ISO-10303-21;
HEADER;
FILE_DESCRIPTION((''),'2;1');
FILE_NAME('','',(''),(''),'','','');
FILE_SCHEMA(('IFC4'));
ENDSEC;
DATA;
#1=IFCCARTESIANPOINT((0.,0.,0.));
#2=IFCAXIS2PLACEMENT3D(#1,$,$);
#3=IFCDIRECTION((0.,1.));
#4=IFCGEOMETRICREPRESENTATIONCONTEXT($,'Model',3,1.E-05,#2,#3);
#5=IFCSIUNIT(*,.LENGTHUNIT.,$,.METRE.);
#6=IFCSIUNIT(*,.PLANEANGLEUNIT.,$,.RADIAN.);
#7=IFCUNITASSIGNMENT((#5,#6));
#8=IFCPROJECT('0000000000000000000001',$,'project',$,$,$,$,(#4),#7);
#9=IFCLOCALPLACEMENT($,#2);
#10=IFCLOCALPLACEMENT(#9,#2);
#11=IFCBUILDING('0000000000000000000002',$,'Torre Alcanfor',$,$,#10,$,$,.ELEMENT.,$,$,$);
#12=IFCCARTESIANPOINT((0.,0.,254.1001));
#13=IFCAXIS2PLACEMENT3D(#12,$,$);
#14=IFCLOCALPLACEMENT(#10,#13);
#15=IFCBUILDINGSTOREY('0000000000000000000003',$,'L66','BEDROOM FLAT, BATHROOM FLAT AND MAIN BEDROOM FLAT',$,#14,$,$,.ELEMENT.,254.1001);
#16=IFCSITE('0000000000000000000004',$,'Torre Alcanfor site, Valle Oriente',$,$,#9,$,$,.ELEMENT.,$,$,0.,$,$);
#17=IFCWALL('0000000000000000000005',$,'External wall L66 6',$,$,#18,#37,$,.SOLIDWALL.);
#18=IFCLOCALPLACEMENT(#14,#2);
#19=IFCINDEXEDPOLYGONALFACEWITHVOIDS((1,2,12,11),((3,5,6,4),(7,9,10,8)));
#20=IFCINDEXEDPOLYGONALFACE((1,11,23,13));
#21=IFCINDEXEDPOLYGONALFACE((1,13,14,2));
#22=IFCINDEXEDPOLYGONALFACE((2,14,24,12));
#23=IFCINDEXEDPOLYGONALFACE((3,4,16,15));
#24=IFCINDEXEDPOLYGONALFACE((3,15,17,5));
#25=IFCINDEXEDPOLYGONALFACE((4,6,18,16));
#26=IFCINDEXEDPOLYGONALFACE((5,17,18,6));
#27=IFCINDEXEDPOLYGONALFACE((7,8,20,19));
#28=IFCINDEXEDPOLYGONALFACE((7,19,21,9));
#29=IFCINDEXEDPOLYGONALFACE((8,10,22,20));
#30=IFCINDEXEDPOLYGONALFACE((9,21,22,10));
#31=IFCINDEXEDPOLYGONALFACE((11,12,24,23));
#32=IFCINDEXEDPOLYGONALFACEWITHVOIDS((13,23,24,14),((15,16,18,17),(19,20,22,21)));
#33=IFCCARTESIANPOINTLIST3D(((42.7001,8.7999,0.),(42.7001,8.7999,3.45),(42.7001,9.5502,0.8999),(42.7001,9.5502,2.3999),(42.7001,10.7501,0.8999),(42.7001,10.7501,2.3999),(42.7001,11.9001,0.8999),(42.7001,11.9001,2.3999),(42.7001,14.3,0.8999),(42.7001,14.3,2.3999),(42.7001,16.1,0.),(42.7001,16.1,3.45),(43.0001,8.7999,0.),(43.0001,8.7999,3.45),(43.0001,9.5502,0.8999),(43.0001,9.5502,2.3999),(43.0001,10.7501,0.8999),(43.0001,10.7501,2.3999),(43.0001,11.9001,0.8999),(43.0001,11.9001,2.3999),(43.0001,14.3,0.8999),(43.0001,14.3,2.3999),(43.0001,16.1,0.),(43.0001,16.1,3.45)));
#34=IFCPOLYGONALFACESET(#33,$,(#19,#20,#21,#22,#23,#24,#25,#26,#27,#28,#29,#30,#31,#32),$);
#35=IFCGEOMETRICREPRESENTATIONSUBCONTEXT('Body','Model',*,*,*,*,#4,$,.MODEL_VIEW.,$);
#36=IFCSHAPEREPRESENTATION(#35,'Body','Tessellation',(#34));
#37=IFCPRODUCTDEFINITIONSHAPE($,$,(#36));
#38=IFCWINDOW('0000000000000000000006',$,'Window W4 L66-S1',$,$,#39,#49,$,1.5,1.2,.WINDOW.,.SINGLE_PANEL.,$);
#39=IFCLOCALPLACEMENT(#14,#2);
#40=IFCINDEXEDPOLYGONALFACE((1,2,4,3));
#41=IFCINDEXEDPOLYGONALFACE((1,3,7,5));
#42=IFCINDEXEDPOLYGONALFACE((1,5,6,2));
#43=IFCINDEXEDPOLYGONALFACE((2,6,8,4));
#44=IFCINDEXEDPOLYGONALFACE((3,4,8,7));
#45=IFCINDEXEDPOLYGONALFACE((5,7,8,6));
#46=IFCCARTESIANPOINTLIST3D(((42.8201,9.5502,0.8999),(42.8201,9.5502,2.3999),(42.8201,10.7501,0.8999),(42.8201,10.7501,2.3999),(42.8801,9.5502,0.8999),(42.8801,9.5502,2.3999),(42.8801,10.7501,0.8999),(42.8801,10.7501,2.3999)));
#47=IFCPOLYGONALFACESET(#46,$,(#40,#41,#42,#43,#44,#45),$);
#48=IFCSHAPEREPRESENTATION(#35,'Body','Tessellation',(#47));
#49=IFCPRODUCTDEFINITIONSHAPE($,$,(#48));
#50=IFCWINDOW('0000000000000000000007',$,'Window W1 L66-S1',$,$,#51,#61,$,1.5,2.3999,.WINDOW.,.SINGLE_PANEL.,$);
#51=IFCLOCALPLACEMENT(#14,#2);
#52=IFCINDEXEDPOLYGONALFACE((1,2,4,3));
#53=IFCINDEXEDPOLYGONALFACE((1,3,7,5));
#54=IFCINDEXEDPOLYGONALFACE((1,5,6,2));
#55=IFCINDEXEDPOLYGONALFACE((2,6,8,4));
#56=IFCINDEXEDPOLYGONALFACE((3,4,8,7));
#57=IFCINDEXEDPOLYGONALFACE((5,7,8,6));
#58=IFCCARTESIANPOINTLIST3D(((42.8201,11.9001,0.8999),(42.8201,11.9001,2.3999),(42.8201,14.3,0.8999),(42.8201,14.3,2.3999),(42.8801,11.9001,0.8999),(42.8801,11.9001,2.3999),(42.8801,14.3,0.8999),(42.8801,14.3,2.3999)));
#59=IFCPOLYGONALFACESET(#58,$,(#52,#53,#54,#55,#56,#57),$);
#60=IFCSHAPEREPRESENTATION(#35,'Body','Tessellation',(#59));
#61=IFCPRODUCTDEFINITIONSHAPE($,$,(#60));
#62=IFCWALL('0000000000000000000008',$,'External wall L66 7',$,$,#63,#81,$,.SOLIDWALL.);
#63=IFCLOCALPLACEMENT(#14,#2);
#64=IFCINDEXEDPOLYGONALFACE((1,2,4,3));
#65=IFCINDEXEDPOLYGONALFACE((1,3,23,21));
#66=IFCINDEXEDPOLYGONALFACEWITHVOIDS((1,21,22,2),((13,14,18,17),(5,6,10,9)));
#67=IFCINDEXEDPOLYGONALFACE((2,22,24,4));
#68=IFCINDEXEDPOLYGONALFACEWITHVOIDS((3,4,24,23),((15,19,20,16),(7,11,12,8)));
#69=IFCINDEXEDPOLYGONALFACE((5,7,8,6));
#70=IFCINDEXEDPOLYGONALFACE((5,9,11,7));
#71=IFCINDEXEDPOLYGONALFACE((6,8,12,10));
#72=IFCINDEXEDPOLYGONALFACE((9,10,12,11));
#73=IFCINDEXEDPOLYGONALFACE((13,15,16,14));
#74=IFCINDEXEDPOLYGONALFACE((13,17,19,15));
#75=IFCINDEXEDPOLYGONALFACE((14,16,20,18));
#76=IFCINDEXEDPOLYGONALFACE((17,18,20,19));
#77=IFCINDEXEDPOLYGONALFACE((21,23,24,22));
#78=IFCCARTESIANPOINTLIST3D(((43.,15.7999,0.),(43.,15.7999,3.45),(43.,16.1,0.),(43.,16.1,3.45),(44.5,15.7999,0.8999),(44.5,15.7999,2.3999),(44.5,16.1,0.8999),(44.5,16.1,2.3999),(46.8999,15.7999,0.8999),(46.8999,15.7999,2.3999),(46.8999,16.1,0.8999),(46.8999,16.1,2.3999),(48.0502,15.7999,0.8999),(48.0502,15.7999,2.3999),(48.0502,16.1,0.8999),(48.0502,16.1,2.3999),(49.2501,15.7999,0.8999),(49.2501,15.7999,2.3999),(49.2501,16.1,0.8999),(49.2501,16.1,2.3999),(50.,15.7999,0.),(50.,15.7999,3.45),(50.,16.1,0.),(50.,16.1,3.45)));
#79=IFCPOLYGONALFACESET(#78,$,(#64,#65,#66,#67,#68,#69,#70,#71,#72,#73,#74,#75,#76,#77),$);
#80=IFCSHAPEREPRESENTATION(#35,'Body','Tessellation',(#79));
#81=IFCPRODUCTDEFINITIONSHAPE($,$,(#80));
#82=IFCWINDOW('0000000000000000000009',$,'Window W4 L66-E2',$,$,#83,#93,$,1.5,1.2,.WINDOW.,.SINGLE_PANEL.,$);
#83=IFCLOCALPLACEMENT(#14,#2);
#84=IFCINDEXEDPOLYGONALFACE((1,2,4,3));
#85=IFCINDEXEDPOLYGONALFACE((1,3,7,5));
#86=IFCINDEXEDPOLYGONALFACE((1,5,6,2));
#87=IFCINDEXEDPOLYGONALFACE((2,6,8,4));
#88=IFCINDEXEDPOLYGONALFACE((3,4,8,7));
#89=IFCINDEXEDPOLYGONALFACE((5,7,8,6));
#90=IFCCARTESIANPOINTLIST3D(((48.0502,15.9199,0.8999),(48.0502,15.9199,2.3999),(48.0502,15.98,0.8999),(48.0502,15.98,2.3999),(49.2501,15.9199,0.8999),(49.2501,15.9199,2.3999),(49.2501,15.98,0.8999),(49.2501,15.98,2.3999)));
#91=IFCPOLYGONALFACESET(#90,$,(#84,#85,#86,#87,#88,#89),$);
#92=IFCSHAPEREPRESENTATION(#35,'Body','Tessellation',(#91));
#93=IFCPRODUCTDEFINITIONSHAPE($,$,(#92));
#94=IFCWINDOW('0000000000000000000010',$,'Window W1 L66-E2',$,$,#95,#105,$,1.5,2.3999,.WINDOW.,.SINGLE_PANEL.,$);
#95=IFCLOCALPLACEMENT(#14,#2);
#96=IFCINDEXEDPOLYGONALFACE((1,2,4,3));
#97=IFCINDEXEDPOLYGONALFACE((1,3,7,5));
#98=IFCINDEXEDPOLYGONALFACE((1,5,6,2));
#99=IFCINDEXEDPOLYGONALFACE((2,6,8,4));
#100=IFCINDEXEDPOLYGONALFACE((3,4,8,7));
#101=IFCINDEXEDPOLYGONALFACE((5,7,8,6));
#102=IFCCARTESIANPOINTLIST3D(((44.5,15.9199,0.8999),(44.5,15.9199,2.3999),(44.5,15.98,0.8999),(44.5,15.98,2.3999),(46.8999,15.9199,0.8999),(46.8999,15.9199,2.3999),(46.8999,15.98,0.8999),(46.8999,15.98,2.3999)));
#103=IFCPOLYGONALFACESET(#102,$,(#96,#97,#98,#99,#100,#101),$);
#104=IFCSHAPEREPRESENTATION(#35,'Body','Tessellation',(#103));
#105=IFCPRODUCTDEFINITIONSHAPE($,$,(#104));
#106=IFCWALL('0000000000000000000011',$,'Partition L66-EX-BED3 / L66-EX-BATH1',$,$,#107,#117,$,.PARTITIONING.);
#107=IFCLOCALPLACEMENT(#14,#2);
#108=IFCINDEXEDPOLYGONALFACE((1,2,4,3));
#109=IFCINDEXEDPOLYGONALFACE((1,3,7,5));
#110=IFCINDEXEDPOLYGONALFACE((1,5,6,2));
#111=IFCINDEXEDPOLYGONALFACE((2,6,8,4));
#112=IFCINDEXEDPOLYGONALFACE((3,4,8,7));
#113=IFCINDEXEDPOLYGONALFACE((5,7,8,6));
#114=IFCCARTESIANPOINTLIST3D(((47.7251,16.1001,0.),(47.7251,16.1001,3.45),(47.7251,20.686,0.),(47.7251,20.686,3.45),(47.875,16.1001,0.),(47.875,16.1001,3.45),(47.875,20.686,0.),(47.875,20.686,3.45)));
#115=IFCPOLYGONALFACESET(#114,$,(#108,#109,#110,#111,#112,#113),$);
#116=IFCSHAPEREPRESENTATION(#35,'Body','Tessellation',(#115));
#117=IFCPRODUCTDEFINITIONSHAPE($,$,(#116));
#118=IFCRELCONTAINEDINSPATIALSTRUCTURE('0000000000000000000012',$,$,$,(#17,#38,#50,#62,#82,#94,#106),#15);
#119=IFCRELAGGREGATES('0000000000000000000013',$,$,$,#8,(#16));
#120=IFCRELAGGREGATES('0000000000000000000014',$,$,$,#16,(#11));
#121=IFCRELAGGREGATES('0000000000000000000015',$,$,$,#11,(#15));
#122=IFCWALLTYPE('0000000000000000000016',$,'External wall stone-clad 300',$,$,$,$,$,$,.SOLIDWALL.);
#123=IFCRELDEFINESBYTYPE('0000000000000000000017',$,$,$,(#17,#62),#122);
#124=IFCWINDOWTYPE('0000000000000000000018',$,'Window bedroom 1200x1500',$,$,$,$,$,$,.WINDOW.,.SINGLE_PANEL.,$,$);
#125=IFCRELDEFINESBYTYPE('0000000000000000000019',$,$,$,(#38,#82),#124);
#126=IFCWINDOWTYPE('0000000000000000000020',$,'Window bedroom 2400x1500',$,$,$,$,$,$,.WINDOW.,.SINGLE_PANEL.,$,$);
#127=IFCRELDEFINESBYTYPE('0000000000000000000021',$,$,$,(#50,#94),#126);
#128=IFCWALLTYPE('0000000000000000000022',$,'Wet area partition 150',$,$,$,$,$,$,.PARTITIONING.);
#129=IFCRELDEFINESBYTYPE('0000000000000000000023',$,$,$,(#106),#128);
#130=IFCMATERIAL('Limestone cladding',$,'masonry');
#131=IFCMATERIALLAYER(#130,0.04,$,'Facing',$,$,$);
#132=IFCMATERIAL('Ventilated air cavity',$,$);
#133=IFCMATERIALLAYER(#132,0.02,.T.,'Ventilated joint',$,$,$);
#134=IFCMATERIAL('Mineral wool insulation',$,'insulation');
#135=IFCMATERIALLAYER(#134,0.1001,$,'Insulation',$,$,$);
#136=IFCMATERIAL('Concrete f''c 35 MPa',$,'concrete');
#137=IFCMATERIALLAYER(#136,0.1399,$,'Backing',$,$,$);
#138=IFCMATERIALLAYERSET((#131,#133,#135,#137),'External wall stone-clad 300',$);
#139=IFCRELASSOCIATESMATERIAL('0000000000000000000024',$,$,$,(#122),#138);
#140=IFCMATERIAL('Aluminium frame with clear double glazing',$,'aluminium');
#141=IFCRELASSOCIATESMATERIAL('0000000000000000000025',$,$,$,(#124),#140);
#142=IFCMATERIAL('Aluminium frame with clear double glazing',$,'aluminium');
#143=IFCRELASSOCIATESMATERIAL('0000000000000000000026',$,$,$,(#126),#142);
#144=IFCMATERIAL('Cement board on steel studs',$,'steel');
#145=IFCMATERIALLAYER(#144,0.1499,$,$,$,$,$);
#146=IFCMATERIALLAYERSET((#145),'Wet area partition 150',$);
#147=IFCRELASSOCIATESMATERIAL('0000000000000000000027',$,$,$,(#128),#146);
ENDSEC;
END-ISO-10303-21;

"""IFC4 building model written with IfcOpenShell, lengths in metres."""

from ifc_helpers import new_model, si_unit, direction, frame, frame_2d, origin, place, context, subcontext, project, spatial, rectangle, extrude, material, layer, layer_set, type_object, element, fill, save


model = new_model("IFC4")

# Units and contexts
model_context = context("Model", 3, precision=1e-05, world=origin(), true_north=direction((0.0, 1.0)))
body_context = subcontext(model_context, "Body", "Model", "MODEL_VIEW")
ifc_project = project(units=[si_unit("LENGTHUNIT", "METRE"), si_unit("PLANEANGLEUNIT", "RADIAN")], contexts=[model_context])

# Site, building, storey
site_placement = place(None, origin())
site = spatial("IfcSite", under=ifc_project, at=site_placement, Name="Torre Alcanfor site, Valle Oriente", CompositionType="ELEMENT", RefElevation=0.0)
building_placement = place(site_placement, origin())
building = spatial("IfcBuilding", under=site, at=building_placement, Name="Torre Alcanfor", CompositionType="ELEMENT")
storey_placement = place(building_placement, frame((0.0, 0.0, 254.1001)))
storey = spatial("IfcBuildingStorey", under=building, at=storey_placement, Name="L66", Description="BEDROOM FLAT, BATHROOM FLAT AND MAIN BEDROOM FLAT", CompositionType="ELEMENT", Elevation=254.1001)

# Walls, openings, windows
ifc_material_1 = material(Name="Limestone cladding", Category="masonry")
ifc_layer_1 = layer(ifc_material_1, 0.04, Name="Facing")
ifc_material_2 = material(Name="Ventilated air cavity")
ifc_layer_2 = layer(ifc_material_2, 0.02, ventilated=True, Name="Ventilated joint")
ifc_material_3 = material(Name="Mineral wool insulation", Category="insulation")
ifc_layer_3 = layer(ifc_material_3, 0.1001, Name="Insulation")
ifc_material_4 = material(Name="Concrete f'c 35 MPa", Category="concrete")
ifc_layer_4 = layer(ifc_material_4, 0.1399, Name="Backing")
ifc_layer_set_1 = layer_set([ifc_layer_1, ifc_layer_2, ifc_layer_3, ifc_layer_4], Name="External wall stone-clad 300")
wall_type_1 = type_object("IfcWallType", Name="External wall stone-clad 300", PredefinedType="SOLIDWALL", material=ifc_layer_set_1)
wall_1_placement = place(storey_placement, frame((42.8501, 8.8, 0.0), z_axis=(0.0, 0.0, 1.0), x_axis=(0.0, 1.0, 0.0)))
wall_1 = element("IfcWall", 1, at=wall_1_placement, inside=storey, type_object=wall_type_1, Name="External wall L66 6", PredefinedType="SOLIDWALL", context=body_context, shape_type="SweptSolid", body=[
    extrude(rectangle(XDim=7.3, YDim=0.3, at=frame_2d((3.6499, 0.0))), origin(), (0.0, 0.0, 1.0), 3.45),
])
opening_1_placement = place(wall_1_placement, frame((3.1001, 0.0, 0.8999)))
opening_1 = element("IfcOpeningElement", 2, at=opening_1_placement, cuts=wall_1, PredefinedType="OPENING", context=body_context, shape_type="SweptSolid", body=[
    extrude(rectangle(XDim=2.3999, YDim=1.5, at=frame_2d((1.2, 0.75))), frame((0.0, 0.1599, 0.0), z_axis=(0.0, -1.0, 0.0), x_axis=(1.0, 0.0, 0.0)), (0.0, 0.0, 1.0), 0.3201),
])
opening_2_placement = place(wall_1_placement, frame((0.75, 0.0, 0.8999)))
opening_2 = element("IfcOpeningElement", 3, at=opening_2_placement, cuts=wall_1, PredefinedType="OPENING", context=body_context, shape_type="SweptSolid", body=[
    extrude(rectangle(XDim=1.2, YDim=1.5, at=frame_2d((0.6001, 0.75))), frame((0.0, 0.1599, 0.0), z_axis=(0.0, -1.0, 0.0), x_axis=(1.0, 0.0, 0.0)), (0.0, 0.0, 1.0), 0.3201),
])
ifc_material_5 = material(Name="Aluminium frame with clear double glazing", Category="aluminium")
window_type_1 = type_object("IfcWindowType", Name="Window bedroom 1200x1500", PartitioningType="SINGLE_PANEL", PredefinedType="WINDOW", material=ifc_material_5)
window_1_placement = place(opening_2_placement, origin())
window_1 = element("IfcWindow", 4, at=window_1_placement, inside=storey, type_object=window_type_1, Name="Window W4 L66-S1", OverallHeight=1.5, OverallWidth=1.2, PartitioningType="SINGLE_PANEL", PredefinedType="WINDOW", context=body_context, shape_type="SweptSolid", body=[
    extrude(rectangle(XDim=1.2, YDim=1.5, at=frame_2d((0.6001, 0.75))), frame((0.0, 0.03, 0.0), z_axis=(0.0, -1.0, 0.0), x_axis=(1.0, 0.0, 0.0)), (0.0, 0.0, 1.0), 0.0601),
])
fill(opening_2, window_1)
ifc_material_6 = material(Name="Aluminium frame with clear double glazing", Category="aluminium")
window_type_2 = type_object("IfcWindowType", Name="Window bedroom 2400x1500", PartitioningType="SINGLE_PANEL", PredefinedType="WINDOW", material=ifc_material_6)
window_2_placement = place(opening_1_placement, origin())
window_2 = element("IfcWindow", 5, at=window_2_placement, inside=storey, type_object=window_type_2, Name="Window W1 L66-S1", OverallHeight=1.5, OverallWidth=2.3999, PartitioningType="SINGLE_PANEL", PredefinedType="WINDOW", context=body_context, shape_type="SweptSolid", body=[
    extrude(rectangle(XDim=2.3999, YDim=1.5, at=frame_2d((1.2, 0.75))), frame((0.0, 0.03, 0.0), z_axis=(0.0, -1.0, 0.0), x_axis=(1.0, 0.0, 0.0)), (0.0, 0.0, 1.0), 0.0601),
])
fill(opening_1, window_2)
wall_2_placement = place(storey_placement, frame((43.0, 15.95, 0.0), z_axis=(0.0, 0.0, 1.0), x_axis=(1.0, 0.0, 0.0)))
wall_2 = element("IfcWall", 6, at=wall_2_placement, inside=storey, type_object=wall_type_1, Name="External wall L66 7", PredefinedType="SOLIDWALL", context=body_context, shape_type="SweptSolid", body=[
    extrude(rectangle(XDim=7.0, YDim=0.3, at=frame_2d((3.5, 0.0))), origin(), (0.0, 0.0, 1.0), 3.45),
])
opening_3_placement = place(wall_2_placement, frame((1.5, 0.0, 0.8999)))
opening_3 = element("IfcOpeningElement", 7, at=opening_3_placement, cuts=wall_2, PredefinedType="OPENING", context=body_context, shape_type="SweptSolid", body=[
    extrude(rectangle(XDim=2.3999, YDim=1.5, at=frame_2d((1.2, 0.75))), frame((0.0, 0.1599, 0.0), z_axis=(0.0, -1.0, 0.0), x_axis=(1.0, 0.0, 0.0)), (0.0, 0.0, 1.0), 0.3201),
])
opening_4_placement = place(wall_2_placement, frame((5.05, 0.0, 0.8999)))
opening_4 = element("IfcOpeningElement", 8, at=opening_4_placement, cuts=wall_2, PredefinedType="OPENING", context=body_context, shape_type="SweptSolid", body=[
    extrude(rectangle(XDim=1.2, YDim=1.5, at=frame_2d((0.6001, 0.75))), frame((0.0, 0.1599, 0.0), z_axis=(0.0, -1.0, 0.0), x_axis=(1.0, 0.0, 0.0)), (0.0, 0.0, 1.0), 0.3201),
])
window_3_placement = place(opening_4_placement, origin())
window_3 = element("IfcWindow", 9, at=window_3_placement, inside=storey, type_object=window_type_1, Name="Window W4 L66-E2", OverallHeight=1.5, OverallWidth=1.2, PartitioningType="SINGLE_PANEL", PredefinedType="WINDOW", context=body_context, shape_type="SweptSolid", body=[
    extrude(rectangle(XDim=1.2, YDim=1.5, at=frame_2d((0.6001, 0.75))), frame((0.0, 0.03, 0.0), z_axis=(0.0, -1.0, 0.0), x_axis=(1.0, 0.0, 0.0)), (0.0, 0.0, 1.0), 0.0601),
])
fill(opening_4, window_3)
window_4_placement = place(opening_3_placement, origin())
window_4 = element("IfcWindow", 10, at=window_4_placement, inside=storey, type_object=window_type_2, Name="Window W1 L66-E2", OverallHeight=1.5, OverallWidth=2.3999, PartitioningType="SINGLE_PANEL", PredefinedType="WINDOW", context=body_context, shape_type="SweptSolid", body=[
    extrude(rectangle(XDim=2.3999, YDim=1.5, at=frame_2d((1.2, 0.75))), frame((0.0, 0.03, 0.0), z_axis=(0.0, -1.0, 0.0), x_axis=(1.0, 0.0, 0.0)), (0.0, 0.0, 1.0), 0.0601),
])
fill(opening_3, window_4)

# Wall
ifc_material_7 = material(Name="Cement board on steel studs", Category="steel")
ifc_layer_5 = layer(ifc_material_7, 0.1499)
ifc_layer_set_2 = layer_set([ifc_layer_5], Name="Wet area partition 150")
wall_type_2 = type_object("IfcWallType", Name="Wet area partition 150", PredefinedType="PARTITIONING", material=ifc_layer_set_2)
wall_3_placement = place(storey_placement, frame((47.8, 16.1001, 0.0), z_axis=(0.0, 0.0, 1.0), x_axis=(0.0, 1.0, 0.0)))
element("IfcWall", 11, at=wall_3_placement, inside=storey, type_object=wall_type_2, Name="Partition L66-EX-BED3 / L66-EX-BATH1", PredefinedType="PARTITIONING", context=body_context, shape_type="SweptSolid", body=[
    extrude(rectangle(XDim=4.5859, YDim=0.1499, at=frame_2d((2.293, 0.0))), origin(), (0.0, 0.0, 1.0), 3.45),
])

save(model, "model.ifc")
